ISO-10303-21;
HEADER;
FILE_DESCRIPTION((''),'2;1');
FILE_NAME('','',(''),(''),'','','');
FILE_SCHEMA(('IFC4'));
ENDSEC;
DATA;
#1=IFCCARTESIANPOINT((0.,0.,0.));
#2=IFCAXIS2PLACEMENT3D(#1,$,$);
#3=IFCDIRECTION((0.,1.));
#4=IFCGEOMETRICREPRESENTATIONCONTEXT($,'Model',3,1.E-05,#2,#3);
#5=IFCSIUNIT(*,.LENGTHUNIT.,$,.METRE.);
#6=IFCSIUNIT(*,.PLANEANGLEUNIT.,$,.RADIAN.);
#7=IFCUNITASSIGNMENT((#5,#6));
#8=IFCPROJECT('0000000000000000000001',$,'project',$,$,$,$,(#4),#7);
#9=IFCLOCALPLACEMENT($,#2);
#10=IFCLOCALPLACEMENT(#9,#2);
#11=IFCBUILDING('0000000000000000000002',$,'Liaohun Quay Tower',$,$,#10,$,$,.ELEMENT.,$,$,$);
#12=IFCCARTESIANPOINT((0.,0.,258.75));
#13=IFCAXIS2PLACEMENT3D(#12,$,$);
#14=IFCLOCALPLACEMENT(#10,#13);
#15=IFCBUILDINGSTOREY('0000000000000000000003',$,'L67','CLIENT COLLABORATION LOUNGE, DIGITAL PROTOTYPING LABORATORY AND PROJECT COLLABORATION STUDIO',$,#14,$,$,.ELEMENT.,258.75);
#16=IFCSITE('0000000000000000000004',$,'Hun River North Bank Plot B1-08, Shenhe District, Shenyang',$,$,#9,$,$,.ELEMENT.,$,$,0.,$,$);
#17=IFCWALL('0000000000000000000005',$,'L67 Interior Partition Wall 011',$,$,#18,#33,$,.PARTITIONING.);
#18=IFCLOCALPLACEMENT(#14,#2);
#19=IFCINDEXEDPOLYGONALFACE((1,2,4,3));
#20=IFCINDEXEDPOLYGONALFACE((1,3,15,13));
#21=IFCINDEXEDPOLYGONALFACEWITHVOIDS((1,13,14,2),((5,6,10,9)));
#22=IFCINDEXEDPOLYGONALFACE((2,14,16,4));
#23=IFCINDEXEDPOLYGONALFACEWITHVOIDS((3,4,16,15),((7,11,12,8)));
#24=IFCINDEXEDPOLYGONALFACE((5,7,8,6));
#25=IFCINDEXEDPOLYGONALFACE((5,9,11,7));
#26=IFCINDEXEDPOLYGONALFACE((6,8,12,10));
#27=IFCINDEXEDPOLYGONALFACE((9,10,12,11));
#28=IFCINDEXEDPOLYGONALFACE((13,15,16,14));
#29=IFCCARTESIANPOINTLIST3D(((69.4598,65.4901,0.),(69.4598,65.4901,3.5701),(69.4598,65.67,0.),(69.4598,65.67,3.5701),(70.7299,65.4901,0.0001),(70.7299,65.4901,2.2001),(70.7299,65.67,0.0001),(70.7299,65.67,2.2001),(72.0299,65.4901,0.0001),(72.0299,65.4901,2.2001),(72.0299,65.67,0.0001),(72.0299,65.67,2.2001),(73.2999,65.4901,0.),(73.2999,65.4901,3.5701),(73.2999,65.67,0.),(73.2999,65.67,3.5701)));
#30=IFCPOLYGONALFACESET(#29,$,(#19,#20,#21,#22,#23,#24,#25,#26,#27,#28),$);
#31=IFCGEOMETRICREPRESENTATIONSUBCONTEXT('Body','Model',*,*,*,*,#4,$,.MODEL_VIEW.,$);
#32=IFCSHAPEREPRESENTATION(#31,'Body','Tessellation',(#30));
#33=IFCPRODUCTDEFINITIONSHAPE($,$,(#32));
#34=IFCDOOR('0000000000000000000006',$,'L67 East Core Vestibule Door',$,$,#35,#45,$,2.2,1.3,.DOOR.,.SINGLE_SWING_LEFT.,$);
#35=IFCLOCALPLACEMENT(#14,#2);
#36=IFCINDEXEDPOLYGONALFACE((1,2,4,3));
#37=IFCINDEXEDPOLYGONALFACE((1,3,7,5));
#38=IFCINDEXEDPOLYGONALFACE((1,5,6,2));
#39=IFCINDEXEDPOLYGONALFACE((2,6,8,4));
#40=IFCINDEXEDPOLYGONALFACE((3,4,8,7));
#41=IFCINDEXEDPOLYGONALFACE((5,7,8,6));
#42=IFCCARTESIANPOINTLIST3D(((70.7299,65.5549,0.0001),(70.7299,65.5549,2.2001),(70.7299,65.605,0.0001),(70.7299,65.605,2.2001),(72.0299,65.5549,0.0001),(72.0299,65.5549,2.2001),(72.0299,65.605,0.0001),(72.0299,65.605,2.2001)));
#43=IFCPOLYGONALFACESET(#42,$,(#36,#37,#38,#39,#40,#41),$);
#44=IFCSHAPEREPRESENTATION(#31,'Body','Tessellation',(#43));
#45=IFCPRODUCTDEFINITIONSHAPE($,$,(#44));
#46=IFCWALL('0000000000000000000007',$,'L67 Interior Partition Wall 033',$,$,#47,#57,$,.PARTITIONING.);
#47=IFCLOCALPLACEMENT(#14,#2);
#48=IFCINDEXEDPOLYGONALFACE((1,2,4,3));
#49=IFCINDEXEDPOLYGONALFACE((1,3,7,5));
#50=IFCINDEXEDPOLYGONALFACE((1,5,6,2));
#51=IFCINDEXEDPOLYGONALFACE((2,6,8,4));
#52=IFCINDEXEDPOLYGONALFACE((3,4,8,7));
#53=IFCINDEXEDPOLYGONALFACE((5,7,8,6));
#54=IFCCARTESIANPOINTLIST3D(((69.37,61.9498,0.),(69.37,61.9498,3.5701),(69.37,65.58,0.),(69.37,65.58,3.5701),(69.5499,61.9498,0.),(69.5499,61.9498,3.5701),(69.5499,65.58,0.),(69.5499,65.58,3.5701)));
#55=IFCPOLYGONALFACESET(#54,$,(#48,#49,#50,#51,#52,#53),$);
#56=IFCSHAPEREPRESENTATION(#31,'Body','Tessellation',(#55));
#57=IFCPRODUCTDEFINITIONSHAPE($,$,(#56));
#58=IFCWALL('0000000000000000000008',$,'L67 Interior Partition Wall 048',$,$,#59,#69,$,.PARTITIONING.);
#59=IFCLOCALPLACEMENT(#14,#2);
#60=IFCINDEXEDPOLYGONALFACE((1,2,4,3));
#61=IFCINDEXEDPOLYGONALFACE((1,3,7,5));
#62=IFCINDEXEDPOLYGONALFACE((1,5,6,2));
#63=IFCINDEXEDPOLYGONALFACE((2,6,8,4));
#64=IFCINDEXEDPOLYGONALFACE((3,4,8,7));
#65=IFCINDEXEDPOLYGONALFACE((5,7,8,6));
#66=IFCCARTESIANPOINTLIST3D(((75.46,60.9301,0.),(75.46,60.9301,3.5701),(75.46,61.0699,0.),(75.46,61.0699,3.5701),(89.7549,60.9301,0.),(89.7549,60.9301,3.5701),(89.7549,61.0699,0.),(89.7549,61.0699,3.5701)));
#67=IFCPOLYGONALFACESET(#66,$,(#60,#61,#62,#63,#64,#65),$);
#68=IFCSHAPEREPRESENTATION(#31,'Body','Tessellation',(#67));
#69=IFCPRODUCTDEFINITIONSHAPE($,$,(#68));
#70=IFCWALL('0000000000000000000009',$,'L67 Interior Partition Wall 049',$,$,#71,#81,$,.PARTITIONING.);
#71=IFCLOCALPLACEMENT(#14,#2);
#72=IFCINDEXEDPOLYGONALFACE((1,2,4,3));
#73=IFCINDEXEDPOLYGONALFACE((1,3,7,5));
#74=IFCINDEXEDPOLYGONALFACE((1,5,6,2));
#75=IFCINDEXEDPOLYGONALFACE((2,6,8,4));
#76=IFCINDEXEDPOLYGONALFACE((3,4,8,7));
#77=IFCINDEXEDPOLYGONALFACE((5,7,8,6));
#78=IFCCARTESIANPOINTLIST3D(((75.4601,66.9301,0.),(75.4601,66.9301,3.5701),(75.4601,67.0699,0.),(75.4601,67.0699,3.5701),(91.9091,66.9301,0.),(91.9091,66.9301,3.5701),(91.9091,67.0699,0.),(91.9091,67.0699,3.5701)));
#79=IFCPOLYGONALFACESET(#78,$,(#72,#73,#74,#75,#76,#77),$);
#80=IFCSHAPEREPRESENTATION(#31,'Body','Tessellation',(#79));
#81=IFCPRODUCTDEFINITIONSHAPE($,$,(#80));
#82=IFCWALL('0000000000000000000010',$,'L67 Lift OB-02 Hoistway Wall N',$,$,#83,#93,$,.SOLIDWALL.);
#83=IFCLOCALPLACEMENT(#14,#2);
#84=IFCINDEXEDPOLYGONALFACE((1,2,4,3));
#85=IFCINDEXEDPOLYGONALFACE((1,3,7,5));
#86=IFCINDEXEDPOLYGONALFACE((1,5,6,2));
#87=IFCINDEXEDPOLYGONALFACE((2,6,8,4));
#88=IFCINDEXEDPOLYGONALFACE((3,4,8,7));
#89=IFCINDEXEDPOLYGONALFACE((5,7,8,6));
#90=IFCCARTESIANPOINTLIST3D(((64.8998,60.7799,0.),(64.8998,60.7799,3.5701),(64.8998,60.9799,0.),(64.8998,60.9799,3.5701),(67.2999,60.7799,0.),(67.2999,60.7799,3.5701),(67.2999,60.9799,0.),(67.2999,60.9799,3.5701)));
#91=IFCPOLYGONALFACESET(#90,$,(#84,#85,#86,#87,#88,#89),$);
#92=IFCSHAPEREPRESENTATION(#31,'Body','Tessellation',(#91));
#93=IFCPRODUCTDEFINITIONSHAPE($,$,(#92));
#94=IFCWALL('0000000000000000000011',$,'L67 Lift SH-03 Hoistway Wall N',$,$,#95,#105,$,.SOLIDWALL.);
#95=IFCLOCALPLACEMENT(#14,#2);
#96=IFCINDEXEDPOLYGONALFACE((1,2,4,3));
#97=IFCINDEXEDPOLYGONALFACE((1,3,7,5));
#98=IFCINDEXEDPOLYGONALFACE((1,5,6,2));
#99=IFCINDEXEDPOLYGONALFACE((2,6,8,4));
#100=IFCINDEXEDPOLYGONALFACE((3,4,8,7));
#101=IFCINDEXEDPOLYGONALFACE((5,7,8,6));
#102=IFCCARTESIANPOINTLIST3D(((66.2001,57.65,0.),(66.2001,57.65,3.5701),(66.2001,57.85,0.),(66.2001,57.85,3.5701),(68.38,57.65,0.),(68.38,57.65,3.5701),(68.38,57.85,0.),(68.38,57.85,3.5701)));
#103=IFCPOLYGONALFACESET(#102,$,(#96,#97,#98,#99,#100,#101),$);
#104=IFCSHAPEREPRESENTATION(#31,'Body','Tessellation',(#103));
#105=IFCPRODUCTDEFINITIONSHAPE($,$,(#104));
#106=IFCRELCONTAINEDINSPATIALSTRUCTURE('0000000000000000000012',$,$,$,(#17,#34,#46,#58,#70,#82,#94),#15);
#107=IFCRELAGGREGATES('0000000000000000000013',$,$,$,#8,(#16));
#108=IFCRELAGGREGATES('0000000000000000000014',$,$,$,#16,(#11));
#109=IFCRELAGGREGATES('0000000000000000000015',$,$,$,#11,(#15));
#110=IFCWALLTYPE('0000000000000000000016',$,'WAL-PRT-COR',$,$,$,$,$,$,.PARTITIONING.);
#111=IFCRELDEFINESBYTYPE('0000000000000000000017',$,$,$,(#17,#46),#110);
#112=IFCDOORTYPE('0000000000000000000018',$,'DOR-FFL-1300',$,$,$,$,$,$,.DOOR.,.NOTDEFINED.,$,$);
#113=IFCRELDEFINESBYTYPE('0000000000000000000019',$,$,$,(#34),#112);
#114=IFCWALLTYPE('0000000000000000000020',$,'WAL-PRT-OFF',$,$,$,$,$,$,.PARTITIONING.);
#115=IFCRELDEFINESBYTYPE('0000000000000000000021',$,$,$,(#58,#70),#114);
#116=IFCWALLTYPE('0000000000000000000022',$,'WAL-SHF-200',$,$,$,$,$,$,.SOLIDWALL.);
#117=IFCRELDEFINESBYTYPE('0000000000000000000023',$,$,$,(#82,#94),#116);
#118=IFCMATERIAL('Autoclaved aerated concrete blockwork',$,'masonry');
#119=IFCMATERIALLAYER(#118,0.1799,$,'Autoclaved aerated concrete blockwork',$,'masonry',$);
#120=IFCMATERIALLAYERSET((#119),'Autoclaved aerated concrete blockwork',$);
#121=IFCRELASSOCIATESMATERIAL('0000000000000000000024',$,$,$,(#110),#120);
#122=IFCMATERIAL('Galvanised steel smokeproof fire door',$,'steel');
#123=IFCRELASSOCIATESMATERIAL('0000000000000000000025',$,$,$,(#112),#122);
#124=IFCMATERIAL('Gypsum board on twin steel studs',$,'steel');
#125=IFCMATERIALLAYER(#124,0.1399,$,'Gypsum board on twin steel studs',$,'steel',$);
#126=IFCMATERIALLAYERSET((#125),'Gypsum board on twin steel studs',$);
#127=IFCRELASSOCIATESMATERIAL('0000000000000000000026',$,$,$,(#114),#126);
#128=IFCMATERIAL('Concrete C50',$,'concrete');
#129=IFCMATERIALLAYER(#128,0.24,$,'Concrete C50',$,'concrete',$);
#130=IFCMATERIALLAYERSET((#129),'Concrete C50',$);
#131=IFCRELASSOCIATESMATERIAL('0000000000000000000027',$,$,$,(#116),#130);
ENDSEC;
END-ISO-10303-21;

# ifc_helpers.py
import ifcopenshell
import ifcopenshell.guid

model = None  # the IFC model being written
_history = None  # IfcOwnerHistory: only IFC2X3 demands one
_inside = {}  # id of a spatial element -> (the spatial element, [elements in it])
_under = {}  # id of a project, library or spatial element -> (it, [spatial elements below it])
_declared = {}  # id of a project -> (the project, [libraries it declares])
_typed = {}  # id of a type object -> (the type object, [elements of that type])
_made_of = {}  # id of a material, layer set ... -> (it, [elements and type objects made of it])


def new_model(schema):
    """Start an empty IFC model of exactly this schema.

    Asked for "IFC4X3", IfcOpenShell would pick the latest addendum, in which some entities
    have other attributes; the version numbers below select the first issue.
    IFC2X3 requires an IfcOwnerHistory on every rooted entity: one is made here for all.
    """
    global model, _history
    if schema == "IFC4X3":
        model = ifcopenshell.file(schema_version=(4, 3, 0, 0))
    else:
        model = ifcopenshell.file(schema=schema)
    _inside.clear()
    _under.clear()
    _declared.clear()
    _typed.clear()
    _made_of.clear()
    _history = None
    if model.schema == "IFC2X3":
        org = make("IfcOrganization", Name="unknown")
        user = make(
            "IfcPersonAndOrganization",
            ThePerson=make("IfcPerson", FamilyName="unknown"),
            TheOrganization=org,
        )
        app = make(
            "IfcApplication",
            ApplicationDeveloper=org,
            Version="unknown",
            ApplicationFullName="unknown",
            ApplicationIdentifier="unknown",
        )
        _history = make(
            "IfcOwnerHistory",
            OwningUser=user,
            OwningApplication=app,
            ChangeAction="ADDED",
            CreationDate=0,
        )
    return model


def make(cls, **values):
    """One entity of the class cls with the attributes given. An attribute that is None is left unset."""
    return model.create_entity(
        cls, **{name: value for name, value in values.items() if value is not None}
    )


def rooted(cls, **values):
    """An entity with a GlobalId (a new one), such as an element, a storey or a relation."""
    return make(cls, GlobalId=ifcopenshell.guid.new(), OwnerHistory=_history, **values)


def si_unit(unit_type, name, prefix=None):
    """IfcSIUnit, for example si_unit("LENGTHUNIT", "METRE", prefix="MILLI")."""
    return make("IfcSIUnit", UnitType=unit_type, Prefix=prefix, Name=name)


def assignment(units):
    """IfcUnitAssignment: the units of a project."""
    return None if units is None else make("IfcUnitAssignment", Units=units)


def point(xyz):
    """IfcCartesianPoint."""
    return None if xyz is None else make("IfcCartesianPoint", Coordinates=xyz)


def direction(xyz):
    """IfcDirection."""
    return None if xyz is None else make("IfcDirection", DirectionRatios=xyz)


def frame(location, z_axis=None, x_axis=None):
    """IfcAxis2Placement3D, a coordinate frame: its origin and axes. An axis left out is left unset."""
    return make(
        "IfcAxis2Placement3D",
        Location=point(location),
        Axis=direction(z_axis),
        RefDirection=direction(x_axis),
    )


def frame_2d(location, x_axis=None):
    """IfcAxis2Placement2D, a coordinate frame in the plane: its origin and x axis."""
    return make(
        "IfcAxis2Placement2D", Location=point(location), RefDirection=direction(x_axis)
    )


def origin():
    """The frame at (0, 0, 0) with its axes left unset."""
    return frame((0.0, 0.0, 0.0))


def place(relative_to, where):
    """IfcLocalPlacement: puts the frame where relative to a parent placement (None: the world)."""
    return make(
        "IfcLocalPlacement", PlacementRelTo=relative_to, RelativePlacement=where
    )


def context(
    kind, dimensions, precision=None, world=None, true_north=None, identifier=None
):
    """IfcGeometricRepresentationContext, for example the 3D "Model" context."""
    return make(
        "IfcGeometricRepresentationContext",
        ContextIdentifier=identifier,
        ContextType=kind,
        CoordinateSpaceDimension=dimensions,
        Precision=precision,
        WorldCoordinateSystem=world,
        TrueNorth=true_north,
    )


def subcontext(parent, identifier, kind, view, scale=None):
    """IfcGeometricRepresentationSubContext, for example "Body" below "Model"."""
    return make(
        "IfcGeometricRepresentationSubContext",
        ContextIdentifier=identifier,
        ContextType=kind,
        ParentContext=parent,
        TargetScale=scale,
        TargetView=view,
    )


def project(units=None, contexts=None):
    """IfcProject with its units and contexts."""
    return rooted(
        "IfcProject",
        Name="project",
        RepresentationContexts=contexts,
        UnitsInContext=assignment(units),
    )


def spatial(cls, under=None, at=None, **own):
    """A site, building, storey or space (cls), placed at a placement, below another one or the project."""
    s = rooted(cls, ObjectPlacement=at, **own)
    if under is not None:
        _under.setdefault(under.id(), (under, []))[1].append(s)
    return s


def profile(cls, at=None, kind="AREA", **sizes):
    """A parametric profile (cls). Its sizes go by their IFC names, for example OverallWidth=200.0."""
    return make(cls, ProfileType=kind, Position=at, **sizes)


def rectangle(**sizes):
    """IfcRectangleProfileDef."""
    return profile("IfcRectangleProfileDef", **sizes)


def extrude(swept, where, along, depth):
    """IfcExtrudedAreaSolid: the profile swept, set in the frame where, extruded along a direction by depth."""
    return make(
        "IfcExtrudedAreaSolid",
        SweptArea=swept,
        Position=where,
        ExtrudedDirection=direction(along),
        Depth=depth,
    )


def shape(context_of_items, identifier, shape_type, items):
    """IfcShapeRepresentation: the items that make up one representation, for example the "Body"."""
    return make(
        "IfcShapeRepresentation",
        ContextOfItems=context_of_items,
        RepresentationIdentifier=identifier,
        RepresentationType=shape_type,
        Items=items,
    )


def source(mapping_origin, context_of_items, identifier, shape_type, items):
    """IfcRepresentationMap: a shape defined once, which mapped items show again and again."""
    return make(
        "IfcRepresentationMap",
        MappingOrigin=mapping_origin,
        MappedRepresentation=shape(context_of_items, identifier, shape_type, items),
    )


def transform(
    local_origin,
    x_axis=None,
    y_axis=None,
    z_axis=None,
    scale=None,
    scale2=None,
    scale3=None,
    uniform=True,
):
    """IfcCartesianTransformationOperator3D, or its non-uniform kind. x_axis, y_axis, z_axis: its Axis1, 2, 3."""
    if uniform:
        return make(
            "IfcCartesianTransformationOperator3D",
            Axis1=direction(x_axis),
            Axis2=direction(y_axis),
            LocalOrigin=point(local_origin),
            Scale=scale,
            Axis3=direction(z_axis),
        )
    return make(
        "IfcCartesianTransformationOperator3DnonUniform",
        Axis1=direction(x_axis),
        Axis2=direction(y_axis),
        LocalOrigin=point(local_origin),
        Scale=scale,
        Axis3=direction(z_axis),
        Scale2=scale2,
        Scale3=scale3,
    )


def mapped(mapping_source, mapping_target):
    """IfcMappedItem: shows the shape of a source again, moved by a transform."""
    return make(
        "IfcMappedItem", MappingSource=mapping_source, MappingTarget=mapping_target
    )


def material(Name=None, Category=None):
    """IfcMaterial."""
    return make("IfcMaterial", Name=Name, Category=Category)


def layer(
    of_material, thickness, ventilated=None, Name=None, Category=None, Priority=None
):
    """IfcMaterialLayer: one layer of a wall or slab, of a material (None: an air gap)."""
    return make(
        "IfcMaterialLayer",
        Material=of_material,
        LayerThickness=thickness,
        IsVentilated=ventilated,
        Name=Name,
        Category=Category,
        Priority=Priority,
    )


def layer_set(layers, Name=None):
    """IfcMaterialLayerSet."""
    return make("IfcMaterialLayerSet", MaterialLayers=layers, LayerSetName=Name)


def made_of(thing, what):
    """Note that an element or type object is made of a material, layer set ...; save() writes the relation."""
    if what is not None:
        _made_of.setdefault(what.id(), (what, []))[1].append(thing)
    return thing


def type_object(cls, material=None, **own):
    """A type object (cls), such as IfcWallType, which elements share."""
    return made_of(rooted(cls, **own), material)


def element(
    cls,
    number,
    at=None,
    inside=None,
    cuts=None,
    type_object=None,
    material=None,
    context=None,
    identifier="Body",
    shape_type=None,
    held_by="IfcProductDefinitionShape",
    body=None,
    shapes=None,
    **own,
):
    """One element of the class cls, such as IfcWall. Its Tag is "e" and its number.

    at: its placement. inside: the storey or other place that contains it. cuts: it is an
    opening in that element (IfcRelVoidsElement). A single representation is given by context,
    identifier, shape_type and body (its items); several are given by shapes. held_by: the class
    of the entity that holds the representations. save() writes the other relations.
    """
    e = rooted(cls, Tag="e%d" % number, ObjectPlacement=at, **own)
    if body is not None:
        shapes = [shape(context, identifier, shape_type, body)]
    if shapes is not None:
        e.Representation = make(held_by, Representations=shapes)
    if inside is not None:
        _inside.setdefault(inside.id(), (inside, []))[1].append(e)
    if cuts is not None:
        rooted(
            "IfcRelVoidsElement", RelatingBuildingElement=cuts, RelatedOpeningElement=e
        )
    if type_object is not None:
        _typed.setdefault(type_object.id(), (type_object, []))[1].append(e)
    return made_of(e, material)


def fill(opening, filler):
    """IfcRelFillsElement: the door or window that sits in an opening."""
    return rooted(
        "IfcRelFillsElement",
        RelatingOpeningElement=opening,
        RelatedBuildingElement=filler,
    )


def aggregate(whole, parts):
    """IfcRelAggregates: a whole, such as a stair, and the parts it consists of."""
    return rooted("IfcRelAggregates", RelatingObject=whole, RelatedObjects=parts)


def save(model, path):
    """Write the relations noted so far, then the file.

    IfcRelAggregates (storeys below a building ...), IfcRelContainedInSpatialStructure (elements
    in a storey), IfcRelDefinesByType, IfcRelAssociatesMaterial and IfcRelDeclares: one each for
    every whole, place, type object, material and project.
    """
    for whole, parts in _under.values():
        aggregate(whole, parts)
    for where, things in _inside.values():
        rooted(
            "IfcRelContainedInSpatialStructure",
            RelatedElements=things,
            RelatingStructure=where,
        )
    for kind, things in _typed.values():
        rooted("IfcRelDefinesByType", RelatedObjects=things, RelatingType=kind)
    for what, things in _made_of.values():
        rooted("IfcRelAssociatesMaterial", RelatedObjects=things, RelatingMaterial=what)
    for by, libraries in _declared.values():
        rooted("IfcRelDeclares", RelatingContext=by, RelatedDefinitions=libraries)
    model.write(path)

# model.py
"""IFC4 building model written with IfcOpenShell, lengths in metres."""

from ifc_helpers import new_model, si_unit, direction, frame, frame_2d, origin, place, context, subcontext, project, spatial, rectangle, extrude, source, transform, mapped, material, layer, layer_set, type_object, element, fill, save


model = new_model("IFC4")

# Units and contexts
model_context = context("Model", 3, precision=1e-05, world=origin(), true_north=direction((0.0, 1.0)))
body_context = subcontext(model_context, "Body", "Model", "MODEL_VIEW")
ifc_project = project(units=[si_unit("LENGTHUNIT", "METRE"), si_unit("PLANEANGLEUNIT", "RADIAN")], contexts=[model_context])

# Site, building, storey
site_placement = place(None, origin())
site = spatial("IfcSite", under=ifc_project, at=site_placement, Name="Hun River North Bank Plot B1-08, Shenhe District, Shenyang", CompositionType="ELEMENT", RefElevation=0.0)
building_placement = place(site_placement, origin())
building = spatial("IfcBuilding", under=site, at=building_placement, Name="Liaohun Quay Tower", CompositionType="ELEMENT")
storey_placement = place(building_placement, frame((0.0, 0.0, 258.75)))
storey = spatial("IfcBuildingStorey", under=building, at=storey_placement, Name="L67", Description="CLIENT COLLABORATION LOUNGE, DIGITAL PROTOTYPING LABORATORY AND PROJECT COLLABORATION STUDIO", CompositionType="ELEMENT", Elevation=258.75)

# Wall, opening, door
ifc_material_1 = material(Name="Autoclaved aerated concrete blockwork", Category="masonry")
ifc_layer_1 = layer(ifc_material_1, 0.1799, Name="Autoclaved aerated concrete blockwork", Category="masonry")
ifc_layer_set_1 = layer_set([ifc_layer_1], Name="Autoclaved aerated concrete blockwork")
wall_type_1 = type_object("IfcWallType", Name="WAL-PRT-COR", PredefinedType="PARTITIONING", material=ifc_layer_set_1)
wall_1_placement = place(storey_placement, frame((69.46, 65.5801, 0.0), z_axis=(0.0, 0.0, 1.0), x_axis=(1.0, 0.0, 0.0)))
wall_1 = element("IfcWall", 1, at=wall_1_placement, inside=storey, type_object=wall_type_1, Name="L67 Interior Partition Wall 011", PredefinedType="PARTITIONING", context=body_context, shape_type="SweptSolid", body=[
    extrude(rectangle(XDim=3.8401, YDim=0.1799, at=frame_2d((1.9199, 0.0))), origin(), (0.0, 0.0, 1.0), 3.5701),
])
shared_shape_1 = source(origin(), body_context, "Body", "SweptSolid", [
    extrude(rectangle(XDim=1.3, YDim=2.2, at=frame_2d((0.6499, 1.1001))), frame((0.0, 0.0999, 0.0), z_axis=(0.0, -1.0, 0.0), x_axis=(1.0, 0.0, 0.0)), (0.0, 0.0, 1.0), 0.2),
])
opening_1_placement = place(wall_1_placement, frame((1.27, 0.0, 0.0)))
opening_1 = element("IfcOpeningElement", 2, at=opening_1_placement, cuts=wall_1, PredefinedType="OPENING", context=body_context, shape_type="MappedRepresentation", body=[
    mapped(shared_shape_1, transform((0.0, 0.0, 0.0), x_axis=(1.0, 0.0, 0.0), y_axis=(0.0, 1.0, 0.0), z_axis=(0.0, 0.0, 1.0), scale=1.0)),
])
ifc_material_2 = material(Name="Galvanised steel smokeproof fire door", Category="steel")
door_type_1 = type_object("IfcDoorType", Name="DOR-FFL-1300", OperationType="NOTDEFINED", PredefinedType="DOOR", material=ifc_material_2)
shared_shape_2 = source(origin(), body_context, "Body", "SweptSolid", [
    extrude(rectangle(XDim=1.3, YDim=2.2, at=frame_2d((0.6499, 1.1001))), frame((0.0, 0.0249, 0.0), z_axis=(0.0, -1.0, 0.0), x_axis=(1.0, 0.0, 0.0)), (0.0, 0.0, 1.0), 0.05),
])
door_1_placement = place(opening_1_placement, origin())
door_1 = element("IfcDoor", 3, at=door_1_placement, inside=storey, type_object=door_type_1, Name="L67 East Core Vestibule Door", OperationType="SINGLE_SWING_LEFT", OverallHeight=2.2, OverallWidth=1.3, PredefinedType="DOOR", context=body_context, shape_type="MappedRepresentation", body=[
    mapped(shared_shape_2, transform((0.0, 0.0, 0.0), x_axis=(1.0, 0.0, 0.0), y_axis=(0.0, 1.0, 0.0), z_axis=(0.0, 0.0, 1.0), scale=1.0)),
])
fill(opening_1, door_1)

# Walls
wall_2_placement = place(storey_placement, frame((69.46, 61.95, 0.0), z_axis=(0.0, 0.0, 1.0), x_axis=(0.0, 1.0, 0.0)))
element("IfcWall", 4, at=wall_2_placement, inside=storey, type_object=wall_type_1, Name="L67 Interior Partition Wall 033", PredefinedType="PARTITIONING", context=body_context, shape_type="SweptSolid", body=[
    extrude(rectangle(XDim=3.6301, YDim=0.1799, at=frame_2d((1.8149, 0.0))), origin(), (0.0, 0.0, 1.0), 3.5701),
])
ifc_material_3 = material(Name="Gypsum board on twin steel studs", Category="steel")
ifc_layer_2 = layer(ifc_material_3, 0.1399, Name="Gypsum board on twin steel studs", Category="steel")
ifc_layer_set_2 = layer_set([ifc_layer_2], Name="Gypsum board on twin steel studs")
wall_type_2 = type_object("IfcWallType", Name="WAL-PRT-OFF", PredefinedType="PARTITIONING", material=ifc_layer_set_2)
wall_3_placement = place(storey_placement, frame((75.46, 61.0, 0.0), z_axis=(0.0, 0.0, 1.0), x_axis=(1.0, 0.0, 0.0)))
element("IfcWall", 5, at=wall_3_placement, inside=storey, type_object=wall_type_2, Name="L67 Interior Partition Wall 048", PredefinedType="PARTITIONING", context=body_context, shape_type="SweptSolid", body=[
    extrude(rectangle(XDim=14.2949, YDim=0.1399, at=frame_2d((7.1475, 0.0))), origin(), (0.0, 0.0, 1.0), 3.5701),
])
wall_4_placement = place(storey_placement, frame((75.46, 67.0, 0.0), z_axis=(0.0, 0.0, 1.0), x_axis=(1.0, 0.0, 0.0)))
element("IfcWall", 6, at=wall_4_placement, inside=storey, type_object=wall_type_2, Name="L67 Interior Partition Wall 049", PredefinedType="PARTITIONING", context=body_context, shape_type="SweptSolid", body=[
    extrude(rectangle(XDim=16.449, YDim=0.1399, at=frame_2d((8.2246, 0.0))), origin(), (0.0, 0.0, 1.0), 3.5701),
])
ifc_material_4 = material(Name="Concrete C50", Category="concrete")
ifc_layer_3 = layer(ifc_material_4, 0.24, Name="Concrete C50", Category="concrete")
ifc_layer_set_3 = layer_set([ifc_layer_3], Name="Concrete C50")
wall_type_3 = type_object("IfcWallType", Name="WAL-SHF-200", PredefinedType="SOLIDWALL", material=ifc_layer_set_3)
wall_5_placement = place(storey_placement, frame((67.3, 60.8799, 0.0), z_axis=(0.0, 0.0, 1.0), x_axis=(-1.0, 0.0, 0.0)))
element("IfcWall", 7, at=wall_5_placement, inside=storey, type_object=wall_type_3, Name="L67 Lift OB-02 Hoistway Wall N", PredefinedType="SOLIDWALL", context=body_context, shape_type="SweptSolid", body=[
    extrude(rectangle(XDim=2.4001, YDim=0.2, at=frame_2d((1.2002, 0.0))), origin(), (0.0, 0.0, 1.0), 3.5701),
])
wall_6_placement = place(storey_placement, frame((68.3799, 57.75, 0.0), z_axis=(0.0, 0.0, 1.0), x_axis=(-1.0, 0.0, 0.0)))
element("IfcWall", 8, at=wall_6_placement, inside=storey, type_object=wall_type_3, Name="L67 Lift SH-03 Hoistway Wall N", PredefinedType="SOLIDWALL", context=body_context, shape_type="SweptSolid", body=[
    extrude(rectangle(XDim=2.1799, YDim=0.2, at=frame_2d((1.0898, 0.0))), origin(), (0.0, 0.0, 1.0), 3.5701),
])

save(model, "model.ifc")
